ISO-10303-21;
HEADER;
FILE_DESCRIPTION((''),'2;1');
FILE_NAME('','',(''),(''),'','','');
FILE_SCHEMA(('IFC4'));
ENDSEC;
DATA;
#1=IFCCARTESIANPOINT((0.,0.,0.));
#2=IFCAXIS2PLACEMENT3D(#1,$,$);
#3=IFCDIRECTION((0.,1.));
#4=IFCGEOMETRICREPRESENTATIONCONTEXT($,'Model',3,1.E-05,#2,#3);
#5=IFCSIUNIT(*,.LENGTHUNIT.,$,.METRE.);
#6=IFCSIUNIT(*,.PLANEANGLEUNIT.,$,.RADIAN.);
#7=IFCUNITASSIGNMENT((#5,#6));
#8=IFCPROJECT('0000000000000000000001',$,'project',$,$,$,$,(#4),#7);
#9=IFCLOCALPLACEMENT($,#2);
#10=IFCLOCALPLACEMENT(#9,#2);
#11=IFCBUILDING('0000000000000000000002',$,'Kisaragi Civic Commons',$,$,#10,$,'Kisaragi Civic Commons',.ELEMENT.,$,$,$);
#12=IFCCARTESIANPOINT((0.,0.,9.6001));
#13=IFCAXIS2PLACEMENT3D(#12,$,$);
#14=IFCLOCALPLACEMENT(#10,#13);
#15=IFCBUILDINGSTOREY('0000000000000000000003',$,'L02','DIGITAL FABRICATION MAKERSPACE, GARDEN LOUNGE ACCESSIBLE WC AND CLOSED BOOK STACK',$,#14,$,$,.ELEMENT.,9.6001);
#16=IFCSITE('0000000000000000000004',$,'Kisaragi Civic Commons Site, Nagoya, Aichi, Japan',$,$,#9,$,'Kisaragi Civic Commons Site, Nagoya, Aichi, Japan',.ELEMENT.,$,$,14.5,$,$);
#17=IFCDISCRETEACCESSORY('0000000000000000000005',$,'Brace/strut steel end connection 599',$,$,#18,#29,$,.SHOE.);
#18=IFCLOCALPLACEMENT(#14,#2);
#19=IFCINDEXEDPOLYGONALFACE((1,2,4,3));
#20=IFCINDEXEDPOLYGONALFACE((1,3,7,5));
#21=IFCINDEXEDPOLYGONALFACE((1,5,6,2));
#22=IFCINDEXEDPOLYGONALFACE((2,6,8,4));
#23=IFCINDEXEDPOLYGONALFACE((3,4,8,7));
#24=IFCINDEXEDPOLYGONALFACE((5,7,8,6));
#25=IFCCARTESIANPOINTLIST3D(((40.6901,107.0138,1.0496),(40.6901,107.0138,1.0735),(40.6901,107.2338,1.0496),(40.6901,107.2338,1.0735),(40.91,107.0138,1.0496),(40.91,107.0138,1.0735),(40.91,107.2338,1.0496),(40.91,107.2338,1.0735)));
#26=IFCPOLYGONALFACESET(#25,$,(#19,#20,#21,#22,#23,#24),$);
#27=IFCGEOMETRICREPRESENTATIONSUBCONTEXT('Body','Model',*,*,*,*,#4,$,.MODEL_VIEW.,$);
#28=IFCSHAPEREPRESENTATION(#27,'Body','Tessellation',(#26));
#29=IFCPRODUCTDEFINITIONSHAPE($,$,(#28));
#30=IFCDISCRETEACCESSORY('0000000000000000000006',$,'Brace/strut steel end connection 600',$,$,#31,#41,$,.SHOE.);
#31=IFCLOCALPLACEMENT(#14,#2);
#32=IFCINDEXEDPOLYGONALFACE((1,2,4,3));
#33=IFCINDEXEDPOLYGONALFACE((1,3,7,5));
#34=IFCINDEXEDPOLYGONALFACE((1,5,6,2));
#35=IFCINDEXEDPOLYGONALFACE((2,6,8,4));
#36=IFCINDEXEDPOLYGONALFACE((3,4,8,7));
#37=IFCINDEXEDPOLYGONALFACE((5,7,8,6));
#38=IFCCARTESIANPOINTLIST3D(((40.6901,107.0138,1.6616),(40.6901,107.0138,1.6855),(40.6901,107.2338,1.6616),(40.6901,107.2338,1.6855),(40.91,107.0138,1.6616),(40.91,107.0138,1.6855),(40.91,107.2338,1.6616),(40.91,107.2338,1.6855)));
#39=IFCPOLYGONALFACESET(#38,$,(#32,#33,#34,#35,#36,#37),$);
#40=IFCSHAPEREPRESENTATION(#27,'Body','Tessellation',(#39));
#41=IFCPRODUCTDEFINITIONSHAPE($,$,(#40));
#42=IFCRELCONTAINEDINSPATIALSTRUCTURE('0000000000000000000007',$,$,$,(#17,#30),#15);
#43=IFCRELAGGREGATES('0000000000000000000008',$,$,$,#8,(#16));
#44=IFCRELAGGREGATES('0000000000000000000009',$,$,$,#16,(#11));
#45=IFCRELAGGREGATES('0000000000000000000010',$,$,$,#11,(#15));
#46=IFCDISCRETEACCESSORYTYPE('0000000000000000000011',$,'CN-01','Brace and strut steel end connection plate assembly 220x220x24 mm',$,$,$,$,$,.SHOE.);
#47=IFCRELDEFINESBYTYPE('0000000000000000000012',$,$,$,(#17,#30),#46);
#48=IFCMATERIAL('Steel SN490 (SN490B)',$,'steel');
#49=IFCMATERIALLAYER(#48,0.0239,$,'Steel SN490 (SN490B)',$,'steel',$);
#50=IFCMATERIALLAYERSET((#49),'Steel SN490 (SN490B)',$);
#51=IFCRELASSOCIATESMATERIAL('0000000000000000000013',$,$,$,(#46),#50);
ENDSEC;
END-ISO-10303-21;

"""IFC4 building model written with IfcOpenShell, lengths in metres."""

from ifc_helpers import new_model, si_unit, direction, frame, origin, origin_2d, place, context, subcontext, project, spatial, rectangle, extrude, material, layer, layer_set, type_object, element, save


model = new_model("IFC4")

# Units and contexts
model_context = context("Model", 3, precision=1e-05, world=origin(), true_north=direction((0.0, 1.0)))
body_context = subcontext(model_context, "Body", "Model", "MODEL_VIEW")
ifc_project = project(units=[si_unit("LENGTHUNIT", "METRE"), si_unit("PLANEANGLEUNIT", "RADIAN")], contexts=[model_context])

# Site, building, storey
site_placement = place(None, origin())
site = spatial("IfcSite", under=ifc_project, at=site_placement, Name="Kisaragi Civic Commons Site, Nagoya, Aichi, Japan", LongName="Kisaragi Civic Commons Site, Nagoya, Aichi, Japan", CompositionType="ELEMENT", RefElevation=14.5)
building_placement = place(site_placement, origin())
building = spatial("IfcBuilding", under=site, at=building_placement, Name="Kisaragi Civic Commons", LongName="Kisaragi Civic Commons", CompositionType="ELEMENT")
storey_placement = place(building_placement, frame((0.0, 0.0, 9.6001)))
storey = spatial("IfcBuildingStorey", under=building, at=storey_placement, Name="L02", Description="DIGITAL FABRICATION MAKERSPACE, GARDEN LOUNGE ACCESSIBLE WC AND CLOSED BOOK STACK", CompositionType="ELEMENT", Elevation=9.6001)

# Shared definitions
ifc_material_1 = material(Name="Steel SN490 (SN490B)", Category="steel")

# Discrete accessories
ifc_layer_1 = layer(ifc_material_1, 0.0239, Name="Steel SN490 (SN490B)", Category="steel")
ifc_layer_set_1 = layer_set([ifc_layer_1], Name="Steel SN490 (SN490B)")
discrete_accessory_type = type_object("IfcDiscreteAccessoryType", Name="CN-01", Description="Brace and strut steel end connection plate assembly 220x220x24 mm", PredefinedType="SHOE", material=ifc_layer_set_1)
for number, where, z_axis, x_axis, name in (
    (1, (40.8, 107.1238, 1.0496), (0.0, 0.0, 1.0), (1.0, 0.0, 0.0), "Brace/strut steel end connection 599"),
    (2, (40.8, 107.1238, 1.6616), (0.0, 0.0, 1.0), (1.0, 0.0, 0.0), "Brace/strut steel end connection 600"),
):
    element("IfcDiscreteAccessory", number, at=place(storey_placement, frame(where, z_axis=z_axis, x_axis=x_axis)), inside=storey, type_object=discrete_accessory_type, Name=name, PredefinedType="SHOE", context=body_context, shape_type="SweptSolid", body=[
        extrude(rectangle(XDim=0.22, YDim=0.22, at=origin_2d()), origin(), (0.0, 0.0, 1.0), 0.0239),
    ])

save(model, "model.ifc")
